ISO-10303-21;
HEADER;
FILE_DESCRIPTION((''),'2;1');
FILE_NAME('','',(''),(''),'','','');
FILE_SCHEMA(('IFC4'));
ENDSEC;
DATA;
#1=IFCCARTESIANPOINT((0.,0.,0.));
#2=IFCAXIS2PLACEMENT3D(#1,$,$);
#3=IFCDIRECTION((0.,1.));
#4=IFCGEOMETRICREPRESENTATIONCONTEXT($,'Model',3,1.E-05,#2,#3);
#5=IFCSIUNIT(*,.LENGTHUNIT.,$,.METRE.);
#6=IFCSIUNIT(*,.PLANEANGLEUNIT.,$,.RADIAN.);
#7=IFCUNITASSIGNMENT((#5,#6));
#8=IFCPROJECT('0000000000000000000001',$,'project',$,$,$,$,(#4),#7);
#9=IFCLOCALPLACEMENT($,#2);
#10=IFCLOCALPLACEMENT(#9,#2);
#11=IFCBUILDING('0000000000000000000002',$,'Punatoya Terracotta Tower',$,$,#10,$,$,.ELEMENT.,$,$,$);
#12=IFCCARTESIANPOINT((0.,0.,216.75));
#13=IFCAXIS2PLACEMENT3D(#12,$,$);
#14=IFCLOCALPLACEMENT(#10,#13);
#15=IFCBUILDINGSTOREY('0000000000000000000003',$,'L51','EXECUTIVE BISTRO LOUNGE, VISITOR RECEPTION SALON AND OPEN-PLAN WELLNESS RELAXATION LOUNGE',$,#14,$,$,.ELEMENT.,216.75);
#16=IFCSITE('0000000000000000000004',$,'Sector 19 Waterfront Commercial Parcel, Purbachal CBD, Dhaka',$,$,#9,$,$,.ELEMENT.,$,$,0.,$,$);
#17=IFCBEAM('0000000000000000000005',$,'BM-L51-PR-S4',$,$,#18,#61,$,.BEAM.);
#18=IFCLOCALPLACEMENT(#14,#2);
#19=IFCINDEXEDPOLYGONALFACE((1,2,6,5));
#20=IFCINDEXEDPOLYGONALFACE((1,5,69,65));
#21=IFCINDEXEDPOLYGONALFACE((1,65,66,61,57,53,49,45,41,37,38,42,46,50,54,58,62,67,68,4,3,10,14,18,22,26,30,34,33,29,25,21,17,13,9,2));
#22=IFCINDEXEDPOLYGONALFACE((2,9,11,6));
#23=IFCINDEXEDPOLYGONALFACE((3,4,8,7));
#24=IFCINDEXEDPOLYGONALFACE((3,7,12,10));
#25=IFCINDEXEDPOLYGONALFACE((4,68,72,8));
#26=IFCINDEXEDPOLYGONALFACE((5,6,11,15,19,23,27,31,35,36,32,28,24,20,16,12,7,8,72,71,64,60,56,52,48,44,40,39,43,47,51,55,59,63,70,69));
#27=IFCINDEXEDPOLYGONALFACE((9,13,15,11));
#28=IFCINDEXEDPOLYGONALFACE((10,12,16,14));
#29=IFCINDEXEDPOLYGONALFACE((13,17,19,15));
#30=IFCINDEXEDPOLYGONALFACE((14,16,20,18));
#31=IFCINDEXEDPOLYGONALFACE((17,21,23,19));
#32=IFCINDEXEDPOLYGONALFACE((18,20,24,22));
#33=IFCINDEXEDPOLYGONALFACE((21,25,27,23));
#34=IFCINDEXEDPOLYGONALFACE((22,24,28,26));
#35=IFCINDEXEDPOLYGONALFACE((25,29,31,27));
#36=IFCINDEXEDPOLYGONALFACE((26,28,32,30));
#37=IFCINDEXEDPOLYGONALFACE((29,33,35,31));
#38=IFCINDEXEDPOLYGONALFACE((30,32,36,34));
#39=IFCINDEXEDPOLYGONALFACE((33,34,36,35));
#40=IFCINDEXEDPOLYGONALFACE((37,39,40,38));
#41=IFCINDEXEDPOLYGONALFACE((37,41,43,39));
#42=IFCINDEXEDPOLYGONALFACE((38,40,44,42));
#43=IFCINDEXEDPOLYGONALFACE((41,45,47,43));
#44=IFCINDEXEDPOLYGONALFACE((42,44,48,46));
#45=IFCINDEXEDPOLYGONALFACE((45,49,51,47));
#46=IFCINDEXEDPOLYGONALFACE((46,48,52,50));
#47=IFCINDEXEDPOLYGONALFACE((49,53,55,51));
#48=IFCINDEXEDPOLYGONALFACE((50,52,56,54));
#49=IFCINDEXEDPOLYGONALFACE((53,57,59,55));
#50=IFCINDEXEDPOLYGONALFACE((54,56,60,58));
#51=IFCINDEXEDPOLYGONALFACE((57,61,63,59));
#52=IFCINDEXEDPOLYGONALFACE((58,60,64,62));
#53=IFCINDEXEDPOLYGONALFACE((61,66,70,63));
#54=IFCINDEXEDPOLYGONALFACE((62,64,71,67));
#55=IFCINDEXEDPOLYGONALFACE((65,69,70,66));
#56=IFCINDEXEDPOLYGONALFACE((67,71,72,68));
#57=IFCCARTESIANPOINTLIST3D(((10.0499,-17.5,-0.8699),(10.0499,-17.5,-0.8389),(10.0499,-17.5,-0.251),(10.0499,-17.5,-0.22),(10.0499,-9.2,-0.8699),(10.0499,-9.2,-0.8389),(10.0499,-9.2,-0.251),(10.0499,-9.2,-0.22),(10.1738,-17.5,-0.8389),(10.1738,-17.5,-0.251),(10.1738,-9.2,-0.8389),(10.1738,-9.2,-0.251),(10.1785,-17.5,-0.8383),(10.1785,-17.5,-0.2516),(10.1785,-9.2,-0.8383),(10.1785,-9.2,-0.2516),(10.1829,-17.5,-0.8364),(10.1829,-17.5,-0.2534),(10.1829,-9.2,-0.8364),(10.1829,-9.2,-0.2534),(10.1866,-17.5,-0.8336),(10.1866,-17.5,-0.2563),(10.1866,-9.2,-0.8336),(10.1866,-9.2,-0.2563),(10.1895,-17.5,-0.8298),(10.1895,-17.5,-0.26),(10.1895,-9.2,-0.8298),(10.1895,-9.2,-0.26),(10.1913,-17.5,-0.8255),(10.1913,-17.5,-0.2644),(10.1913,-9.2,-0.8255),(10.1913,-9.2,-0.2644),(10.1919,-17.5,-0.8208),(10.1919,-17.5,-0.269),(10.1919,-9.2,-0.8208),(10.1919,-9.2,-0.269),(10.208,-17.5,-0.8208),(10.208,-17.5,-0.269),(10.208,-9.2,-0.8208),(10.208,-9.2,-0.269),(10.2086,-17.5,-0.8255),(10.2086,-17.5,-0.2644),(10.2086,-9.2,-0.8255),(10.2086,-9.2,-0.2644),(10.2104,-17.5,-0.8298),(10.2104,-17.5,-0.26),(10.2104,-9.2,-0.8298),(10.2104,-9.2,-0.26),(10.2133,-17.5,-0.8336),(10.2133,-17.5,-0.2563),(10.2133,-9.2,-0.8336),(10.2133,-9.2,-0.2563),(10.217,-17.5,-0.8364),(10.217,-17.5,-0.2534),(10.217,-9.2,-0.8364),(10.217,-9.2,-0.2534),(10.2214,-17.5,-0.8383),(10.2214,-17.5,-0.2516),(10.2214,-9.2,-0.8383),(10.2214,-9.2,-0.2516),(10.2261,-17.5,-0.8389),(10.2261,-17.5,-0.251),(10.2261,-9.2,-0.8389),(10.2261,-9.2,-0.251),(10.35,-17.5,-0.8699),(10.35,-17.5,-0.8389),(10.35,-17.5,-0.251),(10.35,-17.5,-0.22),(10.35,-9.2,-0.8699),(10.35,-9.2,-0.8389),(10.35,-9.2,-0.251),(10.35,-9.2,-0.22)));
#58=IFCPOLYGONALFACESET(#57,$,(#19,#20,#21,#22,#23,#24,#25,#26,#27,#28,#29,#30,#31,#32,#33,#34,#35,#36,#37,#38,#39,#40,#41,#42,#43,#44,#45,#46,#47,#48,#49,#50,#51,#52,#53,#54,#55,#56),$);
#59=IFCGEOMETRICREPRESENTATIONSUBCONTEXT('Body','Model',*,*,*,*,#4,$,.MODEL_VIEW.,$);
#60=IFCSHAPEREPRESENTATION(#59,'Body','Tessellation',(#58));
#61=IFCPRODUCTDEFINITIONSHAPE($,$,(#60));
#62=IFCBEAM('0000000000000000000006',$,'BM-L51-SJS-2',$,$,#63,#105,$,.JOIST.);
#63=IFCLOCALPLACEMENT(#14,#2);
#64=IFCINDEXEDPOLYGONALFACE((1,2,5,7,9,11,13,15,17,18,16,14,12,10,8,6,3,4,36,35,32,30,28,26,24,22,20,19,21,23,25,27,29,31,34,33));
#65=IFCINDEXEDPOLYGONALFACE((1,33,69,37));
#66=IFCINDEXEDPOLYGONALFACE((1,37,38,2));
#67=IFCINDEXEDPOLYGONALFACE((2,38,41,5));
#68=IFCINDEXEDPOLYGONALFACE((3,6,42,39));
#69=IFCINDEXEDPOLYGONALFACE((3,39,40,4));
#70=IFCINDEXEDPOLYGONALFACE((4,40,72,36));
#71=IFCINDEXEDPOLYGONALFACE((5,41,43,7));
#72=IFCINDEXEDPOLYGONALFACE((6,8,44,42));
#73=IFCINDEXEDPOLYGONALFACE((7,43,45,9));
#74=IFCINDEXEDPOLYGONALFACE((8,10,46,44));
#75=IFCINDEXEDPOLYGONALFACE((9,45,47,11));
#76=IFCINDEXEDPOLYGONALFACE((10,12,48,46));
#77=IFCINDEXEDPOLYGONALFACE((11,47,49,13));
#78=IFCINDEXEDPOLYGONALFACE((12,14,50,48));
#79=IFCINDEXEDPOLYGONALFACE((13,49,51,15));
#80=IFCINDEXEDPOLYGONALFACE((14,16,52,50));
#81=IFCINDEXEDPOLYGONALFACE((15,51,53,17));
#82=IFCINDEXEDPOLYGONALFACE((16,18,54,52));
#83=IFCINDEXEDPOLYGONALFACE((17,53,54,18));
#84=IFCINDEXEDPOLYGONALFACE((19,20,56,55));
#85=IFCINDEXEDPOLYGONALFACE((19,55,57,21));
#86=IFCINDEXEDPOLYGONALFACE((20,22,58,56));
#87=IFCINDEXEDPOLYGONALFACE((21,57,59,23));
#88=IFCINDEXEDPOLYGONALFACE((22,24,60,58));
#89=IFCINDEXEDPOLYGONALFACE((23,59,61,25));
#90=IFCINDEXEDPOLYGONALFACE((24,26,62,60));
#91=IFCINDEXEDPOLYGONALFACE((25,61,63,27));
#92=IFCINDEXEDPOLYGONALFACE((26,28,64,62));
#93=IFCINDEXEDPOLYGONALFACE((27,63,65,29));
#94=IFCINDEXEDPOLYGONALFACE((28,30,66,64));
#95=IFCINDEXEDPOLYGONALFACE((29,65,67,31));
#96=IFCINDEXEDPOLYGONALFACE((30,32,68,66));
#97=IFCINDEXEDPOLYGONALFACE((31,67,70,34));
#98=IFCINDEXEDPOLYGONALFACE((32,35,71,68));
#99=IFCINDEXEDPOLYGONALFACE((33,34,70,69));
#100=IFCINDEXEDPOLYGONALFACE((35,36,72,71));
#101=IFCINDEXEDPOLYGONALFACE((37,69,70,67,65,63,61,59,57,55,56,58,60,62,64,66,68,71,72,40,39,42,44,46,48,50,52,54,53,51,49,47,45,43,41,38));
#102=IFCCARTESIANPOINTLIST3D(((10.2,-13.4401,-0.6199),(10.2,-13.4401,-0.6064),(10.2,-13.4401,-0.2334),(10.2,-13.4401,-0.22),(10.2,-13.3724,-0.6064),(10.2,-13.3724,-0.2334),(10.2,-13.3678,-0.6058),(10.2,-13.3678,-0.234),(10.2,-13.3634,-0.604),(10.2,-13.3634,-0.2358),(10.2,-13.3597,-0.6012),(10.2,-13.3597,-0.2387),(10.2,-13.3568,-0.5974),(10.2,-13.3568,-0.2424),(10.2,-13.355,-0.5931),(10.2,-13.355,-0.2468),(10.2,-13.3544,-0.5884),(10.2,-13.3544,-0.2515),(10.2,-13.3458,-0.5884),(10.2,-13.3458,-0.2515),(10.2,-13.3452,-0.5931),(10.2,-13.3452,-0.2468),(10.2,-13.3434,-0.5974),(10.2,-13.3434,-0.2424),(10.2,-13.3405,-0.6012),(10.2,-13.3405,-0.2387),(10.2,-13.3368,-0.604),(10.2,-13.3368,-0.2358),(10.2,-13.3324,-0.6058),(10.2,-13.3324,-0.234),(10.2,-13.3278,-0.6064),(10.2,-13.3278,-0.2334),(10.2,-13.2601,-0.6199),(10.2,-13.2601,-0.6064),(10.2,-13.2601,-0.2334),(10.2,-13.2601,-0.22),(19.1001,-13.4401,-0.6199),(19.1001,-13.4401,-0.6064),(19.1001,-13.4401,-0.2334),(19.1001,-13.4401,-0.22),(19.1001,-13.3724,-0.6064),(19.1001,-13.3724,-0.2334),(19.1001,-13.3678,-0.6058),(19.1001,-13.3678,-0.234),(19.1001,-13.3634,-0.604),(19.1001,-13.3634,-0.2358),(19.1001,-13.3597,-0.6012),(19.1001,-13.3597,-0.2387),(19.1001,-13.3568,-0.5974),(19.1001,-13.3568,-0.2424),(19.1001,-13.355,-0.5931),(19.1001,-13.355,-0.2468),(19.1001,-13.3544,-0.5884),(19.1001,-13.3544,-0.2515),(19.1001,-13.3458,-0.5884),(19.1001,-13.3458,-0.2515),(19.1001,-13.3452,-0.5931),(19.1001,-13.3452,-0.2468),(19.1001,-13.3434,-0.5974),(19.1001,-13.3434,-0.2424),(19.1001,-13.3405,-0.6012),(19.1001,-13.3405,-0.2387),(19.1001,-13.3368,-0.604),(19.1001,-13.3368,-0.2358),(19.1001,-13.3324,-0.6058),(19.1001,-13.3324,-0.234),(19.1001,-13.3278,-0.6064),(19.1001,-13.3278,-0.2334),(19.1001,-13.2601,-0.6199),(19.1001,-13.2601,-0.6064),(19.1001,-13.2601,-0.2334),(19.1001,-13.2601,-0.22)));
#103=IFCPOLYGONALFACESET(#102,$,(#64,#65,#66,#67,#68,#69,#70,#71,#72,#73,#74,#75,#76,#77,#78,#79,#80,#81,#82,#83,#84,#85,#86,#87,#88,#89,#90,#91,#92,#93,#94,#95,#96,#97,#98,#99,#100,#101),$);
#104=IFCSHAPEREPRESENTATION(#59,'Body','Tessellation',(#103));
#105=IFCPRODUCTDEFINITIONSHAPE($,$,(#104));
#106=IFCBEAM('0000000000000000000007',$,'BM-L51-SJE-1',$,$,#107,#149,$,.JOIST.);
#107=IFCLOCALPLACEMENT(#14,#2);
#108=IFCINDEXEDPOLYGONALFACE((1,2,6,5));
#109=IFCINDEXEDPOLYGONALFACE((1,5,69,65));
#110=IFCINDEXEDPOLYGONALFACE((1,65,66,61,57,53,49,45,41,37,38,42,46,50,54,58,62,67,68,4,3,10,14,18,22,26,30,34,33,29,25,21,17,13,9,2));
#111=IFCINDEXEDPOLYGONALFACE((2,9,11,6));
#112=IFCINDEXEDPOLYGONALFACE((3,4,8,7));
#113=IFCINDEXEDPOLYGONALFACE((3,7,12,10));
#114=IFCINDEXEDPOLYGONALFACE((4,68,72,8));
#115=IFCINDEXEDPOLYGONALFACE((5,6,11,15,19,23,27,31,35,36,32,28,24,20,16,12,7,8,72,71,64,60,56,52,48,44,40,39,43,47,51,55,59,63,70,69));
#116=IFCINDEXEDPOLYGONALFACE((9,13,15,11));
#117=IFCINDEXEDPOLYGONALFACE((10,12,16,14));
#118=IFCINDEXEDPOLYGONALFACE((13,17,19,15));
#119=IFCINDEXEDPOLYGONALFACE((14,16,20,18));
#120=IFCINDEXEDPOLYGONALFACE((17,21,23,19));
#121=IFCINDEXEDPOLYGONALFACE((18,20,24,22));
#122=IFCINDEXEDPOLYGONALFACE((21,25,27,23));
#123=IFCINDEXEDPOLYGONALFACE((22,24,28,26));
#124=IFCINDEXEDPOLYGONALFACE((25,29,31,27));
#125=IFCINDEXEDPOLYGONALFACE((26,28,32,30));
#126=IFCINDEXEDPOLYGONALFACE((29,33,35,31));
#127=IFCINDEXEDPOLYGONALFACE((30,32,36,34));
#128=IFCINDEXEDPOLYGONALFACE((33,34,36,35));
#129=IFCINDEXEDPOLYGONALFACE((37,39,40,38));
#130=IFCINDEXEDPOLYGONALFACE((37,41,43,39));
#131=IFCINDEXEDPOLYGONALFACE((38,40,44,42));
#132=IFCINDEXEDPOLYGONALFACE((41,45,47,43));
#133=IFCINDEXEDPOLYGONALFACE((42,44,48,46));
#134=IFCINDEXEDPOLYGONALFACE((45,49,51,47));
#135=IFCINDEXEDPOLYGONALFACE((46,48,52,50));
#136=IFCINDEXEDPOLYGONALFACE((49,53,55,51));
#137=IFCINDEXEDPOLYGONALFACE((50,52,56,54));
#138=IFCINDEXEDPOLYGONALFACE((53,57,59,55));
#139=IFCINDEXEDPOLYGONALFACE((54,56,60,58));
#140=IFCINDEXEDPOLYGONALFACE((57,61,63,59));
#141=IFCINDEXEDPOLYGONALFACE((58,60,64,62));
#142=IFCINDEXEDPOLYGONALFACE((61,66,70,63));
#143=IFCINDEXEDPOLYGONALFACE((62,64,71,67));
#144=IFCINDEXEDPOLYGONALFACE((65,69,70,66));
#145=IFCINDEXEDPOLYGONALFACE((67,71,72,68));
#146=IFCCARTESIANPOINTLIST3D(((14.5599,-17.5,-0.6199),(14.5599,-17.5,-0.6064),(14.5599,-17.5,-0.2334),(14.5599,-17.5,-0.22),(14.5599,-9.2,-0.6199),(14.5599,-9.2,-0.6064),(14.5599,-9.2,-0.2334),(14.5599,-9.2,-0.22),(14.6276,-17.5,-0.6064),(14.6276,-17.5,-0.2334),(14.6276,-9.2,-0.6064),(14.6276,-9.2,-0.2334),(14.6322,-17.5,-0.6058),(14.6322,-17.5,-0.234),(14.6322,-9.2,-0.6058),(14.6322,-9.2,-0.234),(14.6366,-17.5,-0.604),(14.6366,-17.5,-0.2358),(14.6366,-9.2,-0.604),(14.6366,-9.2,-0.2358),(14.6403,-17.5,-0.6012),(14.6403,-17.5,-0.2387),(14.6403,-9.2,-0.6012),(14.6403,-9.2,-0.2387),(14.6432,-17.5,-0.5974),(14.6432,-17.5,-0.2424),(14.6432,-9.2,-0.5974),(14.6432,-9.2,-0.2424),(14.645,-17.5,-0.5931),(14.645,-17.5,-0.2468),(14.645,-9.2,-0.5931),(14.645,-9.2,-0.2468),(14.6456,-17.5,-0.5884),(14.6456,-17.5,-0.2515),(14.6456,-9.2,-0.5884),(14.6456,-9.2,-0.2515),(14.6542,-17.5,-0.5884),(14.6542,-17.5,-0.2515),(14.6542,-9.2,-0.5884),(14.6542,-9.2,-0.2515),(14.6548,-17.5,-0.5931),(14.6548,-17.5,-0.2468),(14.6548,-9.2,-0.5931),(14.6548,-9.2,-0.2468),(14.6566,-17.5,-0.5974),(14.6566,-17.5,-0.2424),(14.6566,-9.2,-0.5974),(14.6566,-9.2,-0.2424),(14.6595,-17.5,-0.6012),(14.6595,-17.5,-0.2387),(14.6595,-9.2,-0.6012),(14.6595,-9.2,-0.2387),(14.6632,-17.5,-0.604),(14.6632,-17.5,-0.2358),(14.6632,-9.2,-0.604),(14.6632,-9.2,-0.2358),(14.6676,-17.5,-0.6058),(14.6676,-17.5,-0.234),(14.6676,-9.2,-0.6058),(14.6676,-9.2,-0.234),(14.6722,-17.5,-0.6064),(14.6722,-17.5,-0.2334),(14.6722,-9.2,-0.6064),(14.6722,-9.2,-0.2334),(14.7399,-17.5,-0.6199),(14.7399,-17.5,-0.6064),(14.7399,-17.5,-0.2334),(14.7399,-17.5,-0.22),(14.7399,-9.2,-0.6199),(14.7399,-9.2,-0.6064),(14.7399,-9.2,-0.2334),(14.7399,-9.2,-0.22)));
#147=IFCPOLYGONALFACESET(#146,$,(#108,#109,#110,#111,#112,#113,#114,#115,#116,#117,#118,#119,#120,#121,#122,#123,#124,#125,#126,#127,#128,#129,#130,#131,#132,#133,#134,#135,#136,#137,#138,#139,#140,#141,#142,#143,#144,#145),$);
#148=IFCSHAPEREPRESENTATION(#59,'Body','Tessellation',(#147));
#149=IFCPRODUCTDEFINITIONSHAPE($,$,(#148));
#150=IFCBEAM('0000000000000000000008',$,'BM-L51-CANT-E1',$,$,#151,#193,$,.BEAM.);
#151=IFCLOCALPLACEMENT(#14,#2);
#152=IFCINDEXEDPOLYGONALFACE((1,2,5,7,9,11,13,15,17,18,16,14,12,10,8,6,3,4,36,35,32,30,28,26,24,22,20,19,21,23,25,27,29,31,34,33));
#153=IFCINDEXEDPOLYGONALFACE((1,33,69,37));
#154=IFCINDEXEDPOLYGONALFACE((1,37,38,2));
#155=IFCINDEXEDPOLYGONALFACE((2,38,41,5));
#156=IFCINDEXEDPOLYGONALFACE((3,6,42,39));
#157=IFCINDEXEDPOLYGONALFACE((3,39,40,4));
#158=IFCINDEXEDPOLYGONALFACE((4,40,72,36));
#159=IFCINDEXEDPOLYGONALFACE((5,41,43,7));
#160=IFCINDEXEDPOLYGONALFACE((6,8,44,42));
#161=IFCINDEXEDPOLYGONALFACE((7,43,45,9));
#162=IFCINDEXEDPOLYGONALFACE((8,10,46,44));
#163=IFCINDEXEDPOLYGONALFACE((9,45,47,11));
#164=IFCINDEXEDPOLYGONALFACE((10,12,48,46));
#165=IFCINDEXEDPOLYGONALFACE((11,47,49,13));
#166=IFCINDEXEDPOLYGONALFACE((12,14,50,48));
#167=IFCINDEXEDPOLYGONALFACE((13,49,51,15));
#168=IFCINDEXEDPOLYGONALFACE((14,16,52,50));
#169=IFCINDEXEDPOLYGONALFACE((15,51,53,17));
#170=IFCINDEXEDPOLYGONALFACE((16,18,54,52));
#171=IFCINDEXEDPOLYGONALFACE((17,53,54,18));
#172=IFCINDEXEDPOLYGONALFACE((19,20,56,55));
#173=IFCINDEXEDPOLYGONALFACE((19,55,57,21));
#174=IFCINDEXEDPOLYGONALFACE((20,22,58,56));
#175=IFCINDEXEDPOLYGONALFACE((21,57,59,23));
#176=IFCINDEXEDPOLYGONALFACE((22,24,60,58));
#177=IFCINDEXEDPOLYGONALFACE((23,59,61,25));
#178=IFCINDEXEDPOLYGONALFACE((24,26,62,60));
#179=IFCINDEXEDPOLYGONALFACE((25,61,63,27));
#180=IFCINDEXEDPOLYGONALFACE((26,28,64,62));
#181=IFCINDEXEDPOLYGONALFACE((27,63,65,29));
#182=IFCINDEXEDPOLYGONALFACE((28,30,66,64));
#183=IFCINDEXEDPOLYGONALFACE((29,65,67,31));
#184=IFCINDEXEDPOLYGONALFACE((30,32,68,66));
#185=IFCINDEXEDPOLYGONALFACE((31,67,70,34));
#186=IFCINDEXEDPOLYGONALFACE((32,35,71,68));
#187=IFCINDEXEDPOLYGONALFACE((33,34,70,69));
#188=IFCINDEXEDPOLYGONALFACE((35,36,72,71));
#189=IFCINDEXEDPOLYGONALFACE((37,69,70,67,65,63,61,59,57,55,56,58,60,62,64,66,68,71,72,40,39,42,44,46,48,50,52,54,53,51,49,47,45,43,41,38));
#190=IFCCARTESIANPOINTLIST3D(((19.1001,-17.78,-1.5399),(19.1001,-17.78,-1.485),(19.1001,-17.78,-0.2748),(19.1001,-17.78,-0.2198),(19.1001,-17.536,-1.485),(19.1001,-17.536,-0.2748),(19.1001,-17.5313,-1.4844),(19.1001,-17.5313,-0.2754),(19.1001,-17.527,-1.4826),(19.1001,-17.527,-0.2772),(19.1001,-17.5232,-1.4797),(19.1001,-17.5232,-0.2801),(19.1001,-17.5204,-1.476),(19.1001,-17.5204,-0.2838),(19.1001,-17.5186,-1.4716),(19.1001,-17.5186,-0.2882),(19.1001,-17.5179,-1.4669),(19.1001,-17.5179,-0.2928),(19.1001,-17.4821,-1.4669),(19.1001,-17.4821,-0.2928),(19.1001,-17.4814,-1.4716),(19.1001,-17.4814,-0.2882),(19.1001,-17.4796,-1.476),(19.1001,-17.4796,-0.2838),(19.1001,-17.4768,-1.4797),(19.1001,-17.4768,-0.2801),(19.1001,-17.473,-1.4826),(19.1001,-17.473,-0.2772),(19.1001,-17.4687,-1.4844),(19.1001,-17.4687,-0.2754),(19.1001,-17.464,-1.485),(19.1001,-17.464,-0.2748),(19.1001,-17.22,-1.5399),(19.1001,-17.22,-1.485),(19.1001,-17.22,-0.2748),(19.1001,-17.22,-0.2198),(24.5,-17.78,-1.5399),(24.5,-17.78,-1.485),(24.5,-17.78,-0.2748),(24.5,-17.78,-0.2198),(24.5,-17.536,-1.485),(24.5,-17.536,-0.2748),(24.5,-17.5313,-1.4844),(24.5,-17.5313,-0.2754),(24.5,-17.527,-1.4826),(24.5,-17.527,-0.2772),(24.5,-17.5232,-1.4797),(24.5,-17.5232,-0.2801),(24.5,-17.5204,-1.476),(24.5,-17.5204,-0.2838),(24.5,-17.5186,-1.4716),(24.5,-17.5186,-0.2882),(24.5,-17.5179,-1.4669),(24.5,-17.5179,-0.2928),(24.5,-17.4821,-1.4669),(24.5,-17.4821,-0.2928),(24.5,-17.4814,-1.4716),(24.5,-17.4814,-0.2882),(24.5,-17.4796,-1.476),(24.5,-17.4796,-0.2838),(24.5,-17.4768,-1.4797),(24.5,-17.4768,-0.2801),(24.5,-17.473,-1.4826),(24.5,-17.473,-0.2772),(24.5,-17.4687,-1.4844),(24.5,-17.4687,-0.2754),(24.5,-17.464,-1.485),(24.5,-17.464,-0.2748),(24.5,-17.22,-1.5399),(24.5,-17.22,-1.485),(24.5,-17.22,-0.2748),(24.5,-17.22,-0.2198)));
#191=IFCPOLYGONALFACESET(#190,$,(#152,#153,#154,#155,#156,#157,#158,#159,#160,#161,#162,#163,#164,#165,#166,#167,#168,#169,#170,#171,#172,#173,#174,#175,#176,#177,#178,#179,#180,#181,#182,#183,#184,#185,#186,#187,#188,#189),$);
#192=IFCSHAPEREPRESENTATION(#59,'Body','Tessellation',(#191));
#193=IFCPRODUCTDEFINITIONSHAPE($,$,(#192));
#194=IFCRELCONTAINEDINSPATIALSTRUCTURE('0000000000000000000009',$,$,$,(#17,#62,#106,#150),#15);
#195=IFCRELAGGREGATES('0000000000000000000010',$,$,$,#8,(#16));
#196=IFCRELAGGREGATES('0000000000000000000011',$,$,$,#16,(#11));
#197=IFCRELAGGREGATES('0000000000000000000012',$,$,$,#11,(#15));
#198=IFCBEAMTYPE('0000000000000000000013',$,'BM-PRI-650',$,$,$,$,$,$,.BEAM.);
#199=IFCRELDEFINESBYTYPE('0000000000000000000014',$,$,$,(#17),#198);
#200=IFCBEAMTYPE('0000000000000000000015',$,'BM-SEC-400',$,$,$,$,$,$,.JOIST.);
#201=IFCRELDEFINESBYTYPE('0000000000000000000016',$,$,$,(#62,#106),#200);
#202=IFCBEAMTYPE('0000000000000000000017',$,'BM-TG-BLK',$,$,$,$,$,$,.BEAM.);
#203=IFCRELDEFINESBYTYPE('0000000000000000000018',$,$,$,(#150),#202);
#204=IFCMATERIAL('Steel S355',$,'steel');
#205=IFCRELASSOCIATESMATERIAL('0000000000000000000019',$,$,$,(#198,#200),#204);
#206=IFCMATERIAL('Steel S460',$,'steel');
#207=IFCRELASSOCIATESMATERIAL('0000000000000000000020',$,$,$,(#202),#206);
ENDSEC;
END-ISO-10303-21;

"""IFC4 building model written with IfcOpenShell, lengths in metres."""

from ifc_helpers import new_model, si_unit, direction, frame, origin, origin_2d, place, context, subcontext, project, spatial, i_section, extrude, material, material_profile, profile_set, type_object, element, save


model = new_model("IFC4")

# Units and contexts
model_context = context("Model", 3, precision=1e-05, world=origin(), true_north=direction((0.0, 1.0)))
body_context = subcontext(model_context, "Body", "Model", "MODEL_VIEW")
ifc_project = project(units=[si_unit("LENGTHUNIT", "METRE"), si_unit("PLANEANGLEUNIT", "RADIAN")], contexts=[model_context])

# Site, building, storey
site_placement = place(None, origin())
site = spatial("IfcSite", under=ifc_project, at=site_placement, Name="Sector 19 Waterfront Commercial Parcel, Purbachal CBD, Dhaka", CompositionType="ELEMENT", RefElevation=0.0)
building_placement = place(site_placement, origin())
building = spatial("IfcBuilding", under=site, at=building_placement, Name="Punatoya Terracotta Tower", CompositionType="ELEMENT")
storey_placement = place(building_placement, frame((0.0, 0.0, 216.75)))
storey = spatial("IfcBuildingStorey", under=building, at=storey_placement, Name="L51", Description="EXECUTIVE BISTRO LOUNGE, VISITOR RECEPTION SALON AND OPEN-PLAN WELLNESS RELAXATION LOUNGE", CompositionType="ELEMENT", Elevation=216.75)

# Shared definitions
ifc_material_1 = material(Name="Steel S460", Category="steel")

# Beams
ifc_material_2 = material(Name="Steel S355", Category="steel")
ifc_material_profile_1 = material_profile(ifc_material_2, i_section(OverallWidth=0.3, OverallDepth=0.6499, WebThickness=0.0161, FlangeThickness=0.031, FilletRadius=0.0181, at=origin_2d()))
ifc_profile_set_1 = profile_set([ifc_material_profile_1], Name="Steel S355")
beam_type_1 = type_object("IfcBeamType", Name="BM-PRI-650", PredefinedType="BEAM", material=ifc_profile_set_1)
beam_1_placement = place(storey_placement, frame((10.2, -17.5, -0.5449), z_axis=(0.0, 1.0, 0.0), x_axis=(-1.0, 0.0, 0.0)))
element("IfcBeam", 1, at=beam_1_placement, inside=storey, type_object=beam_type_1, Name="BM-L51-PR-S4", PredefinedType="BEAM", context=body_context, shape_type="SweptSolid", body=[
    extrude(i_section(OverallWidth=0.3, OverallDepth=0.6499, WebThickness=0.0161, FlangeThickness=0.031, FilletRadius=0.0181, at=origin_2d()), origin(), (0.0, 0.0, 1.0), 8.3),
])
ifc_material_profile_2 = material_profile(ifc_material_2, i_section(OverallWidth=0.1799, OverallDepth=0.3999, WebThickness=0.0085, FlangeThickness=0.0134, FilletRadius=0.0181, at=origin_2d()))
ifc_profile_set_2 = profile_set([ifc_material_profile_2], Name="Steel S355")
beam_type_2 = type_object("IfcBeamType", Name="BM-SEC-400", PredefinedType="JOIST", material=ifc_profile_set_2)
beam_2_placement = place(storey_placement, frame((10.2, -13.3501, -0.4199), z_axis=(1.0, 0.0, 0.0), x_axis=(0.0, 1.0, 0.0)))
element("IfcBeam", 2, at=beam_2_placement, inside=storey, type_object=beam_type_2, Name="BM-L51-SJS-2", PredefinedType="JOIST", context=body_context, shape_type="SweptSolid", body=[
    extrude(i_section(OverallWidth=0.1799, OverallDepth=0.3999, WebThickness=0.0085, FlangeThickness=0.0134, FilletRadius=0.0181, at=origin_2d()), origin(), (0.0, 0.0, 1.0), 8.9001),
])
beam_3_placement = place(storey_placement, frame((14.6499, -17.5, -0.4199), z_axis=(0.0, 1.0, 0.0), x_axis=(-1.0, 0.0, 0.0)))
element("IfcBeam", 3, at=beam_3_placement, inside=storey, type_object=beam_type_2, Name="BM-L51-SJE-1", PredefinedType="JOIST", context=body_context, shape_type="SweptSolid", body=[
    extrude(i_section(OverallWidth=0.1799, OverallDepth=0.3999, WebThickness=0.0085, FlangeThickness=0.0134, FilletRadius=0.0181, at=origin_2d()), origin(), (0.0, 0.0, 1.0), 8.3),
])
ifc_material_profile_3 = material_profile(ifc_material_1, i_section(OverallWidth=0.5601, OverallDepth=1.3201, WebThickness=0.0359, FlangeThickness=0.0549, FilletRadius=0.0181, at=origin_2d()))
ifc_profile_set_3 = profile_set([ifc_material_profile_3], Name="Steel S460")
beam_type_3 = type_object("IfcBeamType", Name="BM-TG-BLK", PredefinedType="BEAM", material=ifc_profile_set_3)
beam_4_placement = place(storey_placement, frame((19.1001, -17.5, -0.8799), z_axis=(1.0, 0.0, 0.0), x_axis=(0.0, 1.0, 0.0)))
element("IfcBeam", 4, at=beam_4_placement, inside=storey, type_object=beam_type_3, Name="BM-L51-CANT-E1", PredefinedType="BEAM", context=body_context, shape_type="SweptSolid", body=[
    extrude(i_section(OverallWidth=0.5601, OverallDepth=1.3201, WebThickness=0.0359, FlangeThickness=0.0549, FilletRadius=0.0181, at=origin_2d()), origin(), (0.0, 0.0, 1.0), 5.3999),
])

save(model, "model.ifc")
